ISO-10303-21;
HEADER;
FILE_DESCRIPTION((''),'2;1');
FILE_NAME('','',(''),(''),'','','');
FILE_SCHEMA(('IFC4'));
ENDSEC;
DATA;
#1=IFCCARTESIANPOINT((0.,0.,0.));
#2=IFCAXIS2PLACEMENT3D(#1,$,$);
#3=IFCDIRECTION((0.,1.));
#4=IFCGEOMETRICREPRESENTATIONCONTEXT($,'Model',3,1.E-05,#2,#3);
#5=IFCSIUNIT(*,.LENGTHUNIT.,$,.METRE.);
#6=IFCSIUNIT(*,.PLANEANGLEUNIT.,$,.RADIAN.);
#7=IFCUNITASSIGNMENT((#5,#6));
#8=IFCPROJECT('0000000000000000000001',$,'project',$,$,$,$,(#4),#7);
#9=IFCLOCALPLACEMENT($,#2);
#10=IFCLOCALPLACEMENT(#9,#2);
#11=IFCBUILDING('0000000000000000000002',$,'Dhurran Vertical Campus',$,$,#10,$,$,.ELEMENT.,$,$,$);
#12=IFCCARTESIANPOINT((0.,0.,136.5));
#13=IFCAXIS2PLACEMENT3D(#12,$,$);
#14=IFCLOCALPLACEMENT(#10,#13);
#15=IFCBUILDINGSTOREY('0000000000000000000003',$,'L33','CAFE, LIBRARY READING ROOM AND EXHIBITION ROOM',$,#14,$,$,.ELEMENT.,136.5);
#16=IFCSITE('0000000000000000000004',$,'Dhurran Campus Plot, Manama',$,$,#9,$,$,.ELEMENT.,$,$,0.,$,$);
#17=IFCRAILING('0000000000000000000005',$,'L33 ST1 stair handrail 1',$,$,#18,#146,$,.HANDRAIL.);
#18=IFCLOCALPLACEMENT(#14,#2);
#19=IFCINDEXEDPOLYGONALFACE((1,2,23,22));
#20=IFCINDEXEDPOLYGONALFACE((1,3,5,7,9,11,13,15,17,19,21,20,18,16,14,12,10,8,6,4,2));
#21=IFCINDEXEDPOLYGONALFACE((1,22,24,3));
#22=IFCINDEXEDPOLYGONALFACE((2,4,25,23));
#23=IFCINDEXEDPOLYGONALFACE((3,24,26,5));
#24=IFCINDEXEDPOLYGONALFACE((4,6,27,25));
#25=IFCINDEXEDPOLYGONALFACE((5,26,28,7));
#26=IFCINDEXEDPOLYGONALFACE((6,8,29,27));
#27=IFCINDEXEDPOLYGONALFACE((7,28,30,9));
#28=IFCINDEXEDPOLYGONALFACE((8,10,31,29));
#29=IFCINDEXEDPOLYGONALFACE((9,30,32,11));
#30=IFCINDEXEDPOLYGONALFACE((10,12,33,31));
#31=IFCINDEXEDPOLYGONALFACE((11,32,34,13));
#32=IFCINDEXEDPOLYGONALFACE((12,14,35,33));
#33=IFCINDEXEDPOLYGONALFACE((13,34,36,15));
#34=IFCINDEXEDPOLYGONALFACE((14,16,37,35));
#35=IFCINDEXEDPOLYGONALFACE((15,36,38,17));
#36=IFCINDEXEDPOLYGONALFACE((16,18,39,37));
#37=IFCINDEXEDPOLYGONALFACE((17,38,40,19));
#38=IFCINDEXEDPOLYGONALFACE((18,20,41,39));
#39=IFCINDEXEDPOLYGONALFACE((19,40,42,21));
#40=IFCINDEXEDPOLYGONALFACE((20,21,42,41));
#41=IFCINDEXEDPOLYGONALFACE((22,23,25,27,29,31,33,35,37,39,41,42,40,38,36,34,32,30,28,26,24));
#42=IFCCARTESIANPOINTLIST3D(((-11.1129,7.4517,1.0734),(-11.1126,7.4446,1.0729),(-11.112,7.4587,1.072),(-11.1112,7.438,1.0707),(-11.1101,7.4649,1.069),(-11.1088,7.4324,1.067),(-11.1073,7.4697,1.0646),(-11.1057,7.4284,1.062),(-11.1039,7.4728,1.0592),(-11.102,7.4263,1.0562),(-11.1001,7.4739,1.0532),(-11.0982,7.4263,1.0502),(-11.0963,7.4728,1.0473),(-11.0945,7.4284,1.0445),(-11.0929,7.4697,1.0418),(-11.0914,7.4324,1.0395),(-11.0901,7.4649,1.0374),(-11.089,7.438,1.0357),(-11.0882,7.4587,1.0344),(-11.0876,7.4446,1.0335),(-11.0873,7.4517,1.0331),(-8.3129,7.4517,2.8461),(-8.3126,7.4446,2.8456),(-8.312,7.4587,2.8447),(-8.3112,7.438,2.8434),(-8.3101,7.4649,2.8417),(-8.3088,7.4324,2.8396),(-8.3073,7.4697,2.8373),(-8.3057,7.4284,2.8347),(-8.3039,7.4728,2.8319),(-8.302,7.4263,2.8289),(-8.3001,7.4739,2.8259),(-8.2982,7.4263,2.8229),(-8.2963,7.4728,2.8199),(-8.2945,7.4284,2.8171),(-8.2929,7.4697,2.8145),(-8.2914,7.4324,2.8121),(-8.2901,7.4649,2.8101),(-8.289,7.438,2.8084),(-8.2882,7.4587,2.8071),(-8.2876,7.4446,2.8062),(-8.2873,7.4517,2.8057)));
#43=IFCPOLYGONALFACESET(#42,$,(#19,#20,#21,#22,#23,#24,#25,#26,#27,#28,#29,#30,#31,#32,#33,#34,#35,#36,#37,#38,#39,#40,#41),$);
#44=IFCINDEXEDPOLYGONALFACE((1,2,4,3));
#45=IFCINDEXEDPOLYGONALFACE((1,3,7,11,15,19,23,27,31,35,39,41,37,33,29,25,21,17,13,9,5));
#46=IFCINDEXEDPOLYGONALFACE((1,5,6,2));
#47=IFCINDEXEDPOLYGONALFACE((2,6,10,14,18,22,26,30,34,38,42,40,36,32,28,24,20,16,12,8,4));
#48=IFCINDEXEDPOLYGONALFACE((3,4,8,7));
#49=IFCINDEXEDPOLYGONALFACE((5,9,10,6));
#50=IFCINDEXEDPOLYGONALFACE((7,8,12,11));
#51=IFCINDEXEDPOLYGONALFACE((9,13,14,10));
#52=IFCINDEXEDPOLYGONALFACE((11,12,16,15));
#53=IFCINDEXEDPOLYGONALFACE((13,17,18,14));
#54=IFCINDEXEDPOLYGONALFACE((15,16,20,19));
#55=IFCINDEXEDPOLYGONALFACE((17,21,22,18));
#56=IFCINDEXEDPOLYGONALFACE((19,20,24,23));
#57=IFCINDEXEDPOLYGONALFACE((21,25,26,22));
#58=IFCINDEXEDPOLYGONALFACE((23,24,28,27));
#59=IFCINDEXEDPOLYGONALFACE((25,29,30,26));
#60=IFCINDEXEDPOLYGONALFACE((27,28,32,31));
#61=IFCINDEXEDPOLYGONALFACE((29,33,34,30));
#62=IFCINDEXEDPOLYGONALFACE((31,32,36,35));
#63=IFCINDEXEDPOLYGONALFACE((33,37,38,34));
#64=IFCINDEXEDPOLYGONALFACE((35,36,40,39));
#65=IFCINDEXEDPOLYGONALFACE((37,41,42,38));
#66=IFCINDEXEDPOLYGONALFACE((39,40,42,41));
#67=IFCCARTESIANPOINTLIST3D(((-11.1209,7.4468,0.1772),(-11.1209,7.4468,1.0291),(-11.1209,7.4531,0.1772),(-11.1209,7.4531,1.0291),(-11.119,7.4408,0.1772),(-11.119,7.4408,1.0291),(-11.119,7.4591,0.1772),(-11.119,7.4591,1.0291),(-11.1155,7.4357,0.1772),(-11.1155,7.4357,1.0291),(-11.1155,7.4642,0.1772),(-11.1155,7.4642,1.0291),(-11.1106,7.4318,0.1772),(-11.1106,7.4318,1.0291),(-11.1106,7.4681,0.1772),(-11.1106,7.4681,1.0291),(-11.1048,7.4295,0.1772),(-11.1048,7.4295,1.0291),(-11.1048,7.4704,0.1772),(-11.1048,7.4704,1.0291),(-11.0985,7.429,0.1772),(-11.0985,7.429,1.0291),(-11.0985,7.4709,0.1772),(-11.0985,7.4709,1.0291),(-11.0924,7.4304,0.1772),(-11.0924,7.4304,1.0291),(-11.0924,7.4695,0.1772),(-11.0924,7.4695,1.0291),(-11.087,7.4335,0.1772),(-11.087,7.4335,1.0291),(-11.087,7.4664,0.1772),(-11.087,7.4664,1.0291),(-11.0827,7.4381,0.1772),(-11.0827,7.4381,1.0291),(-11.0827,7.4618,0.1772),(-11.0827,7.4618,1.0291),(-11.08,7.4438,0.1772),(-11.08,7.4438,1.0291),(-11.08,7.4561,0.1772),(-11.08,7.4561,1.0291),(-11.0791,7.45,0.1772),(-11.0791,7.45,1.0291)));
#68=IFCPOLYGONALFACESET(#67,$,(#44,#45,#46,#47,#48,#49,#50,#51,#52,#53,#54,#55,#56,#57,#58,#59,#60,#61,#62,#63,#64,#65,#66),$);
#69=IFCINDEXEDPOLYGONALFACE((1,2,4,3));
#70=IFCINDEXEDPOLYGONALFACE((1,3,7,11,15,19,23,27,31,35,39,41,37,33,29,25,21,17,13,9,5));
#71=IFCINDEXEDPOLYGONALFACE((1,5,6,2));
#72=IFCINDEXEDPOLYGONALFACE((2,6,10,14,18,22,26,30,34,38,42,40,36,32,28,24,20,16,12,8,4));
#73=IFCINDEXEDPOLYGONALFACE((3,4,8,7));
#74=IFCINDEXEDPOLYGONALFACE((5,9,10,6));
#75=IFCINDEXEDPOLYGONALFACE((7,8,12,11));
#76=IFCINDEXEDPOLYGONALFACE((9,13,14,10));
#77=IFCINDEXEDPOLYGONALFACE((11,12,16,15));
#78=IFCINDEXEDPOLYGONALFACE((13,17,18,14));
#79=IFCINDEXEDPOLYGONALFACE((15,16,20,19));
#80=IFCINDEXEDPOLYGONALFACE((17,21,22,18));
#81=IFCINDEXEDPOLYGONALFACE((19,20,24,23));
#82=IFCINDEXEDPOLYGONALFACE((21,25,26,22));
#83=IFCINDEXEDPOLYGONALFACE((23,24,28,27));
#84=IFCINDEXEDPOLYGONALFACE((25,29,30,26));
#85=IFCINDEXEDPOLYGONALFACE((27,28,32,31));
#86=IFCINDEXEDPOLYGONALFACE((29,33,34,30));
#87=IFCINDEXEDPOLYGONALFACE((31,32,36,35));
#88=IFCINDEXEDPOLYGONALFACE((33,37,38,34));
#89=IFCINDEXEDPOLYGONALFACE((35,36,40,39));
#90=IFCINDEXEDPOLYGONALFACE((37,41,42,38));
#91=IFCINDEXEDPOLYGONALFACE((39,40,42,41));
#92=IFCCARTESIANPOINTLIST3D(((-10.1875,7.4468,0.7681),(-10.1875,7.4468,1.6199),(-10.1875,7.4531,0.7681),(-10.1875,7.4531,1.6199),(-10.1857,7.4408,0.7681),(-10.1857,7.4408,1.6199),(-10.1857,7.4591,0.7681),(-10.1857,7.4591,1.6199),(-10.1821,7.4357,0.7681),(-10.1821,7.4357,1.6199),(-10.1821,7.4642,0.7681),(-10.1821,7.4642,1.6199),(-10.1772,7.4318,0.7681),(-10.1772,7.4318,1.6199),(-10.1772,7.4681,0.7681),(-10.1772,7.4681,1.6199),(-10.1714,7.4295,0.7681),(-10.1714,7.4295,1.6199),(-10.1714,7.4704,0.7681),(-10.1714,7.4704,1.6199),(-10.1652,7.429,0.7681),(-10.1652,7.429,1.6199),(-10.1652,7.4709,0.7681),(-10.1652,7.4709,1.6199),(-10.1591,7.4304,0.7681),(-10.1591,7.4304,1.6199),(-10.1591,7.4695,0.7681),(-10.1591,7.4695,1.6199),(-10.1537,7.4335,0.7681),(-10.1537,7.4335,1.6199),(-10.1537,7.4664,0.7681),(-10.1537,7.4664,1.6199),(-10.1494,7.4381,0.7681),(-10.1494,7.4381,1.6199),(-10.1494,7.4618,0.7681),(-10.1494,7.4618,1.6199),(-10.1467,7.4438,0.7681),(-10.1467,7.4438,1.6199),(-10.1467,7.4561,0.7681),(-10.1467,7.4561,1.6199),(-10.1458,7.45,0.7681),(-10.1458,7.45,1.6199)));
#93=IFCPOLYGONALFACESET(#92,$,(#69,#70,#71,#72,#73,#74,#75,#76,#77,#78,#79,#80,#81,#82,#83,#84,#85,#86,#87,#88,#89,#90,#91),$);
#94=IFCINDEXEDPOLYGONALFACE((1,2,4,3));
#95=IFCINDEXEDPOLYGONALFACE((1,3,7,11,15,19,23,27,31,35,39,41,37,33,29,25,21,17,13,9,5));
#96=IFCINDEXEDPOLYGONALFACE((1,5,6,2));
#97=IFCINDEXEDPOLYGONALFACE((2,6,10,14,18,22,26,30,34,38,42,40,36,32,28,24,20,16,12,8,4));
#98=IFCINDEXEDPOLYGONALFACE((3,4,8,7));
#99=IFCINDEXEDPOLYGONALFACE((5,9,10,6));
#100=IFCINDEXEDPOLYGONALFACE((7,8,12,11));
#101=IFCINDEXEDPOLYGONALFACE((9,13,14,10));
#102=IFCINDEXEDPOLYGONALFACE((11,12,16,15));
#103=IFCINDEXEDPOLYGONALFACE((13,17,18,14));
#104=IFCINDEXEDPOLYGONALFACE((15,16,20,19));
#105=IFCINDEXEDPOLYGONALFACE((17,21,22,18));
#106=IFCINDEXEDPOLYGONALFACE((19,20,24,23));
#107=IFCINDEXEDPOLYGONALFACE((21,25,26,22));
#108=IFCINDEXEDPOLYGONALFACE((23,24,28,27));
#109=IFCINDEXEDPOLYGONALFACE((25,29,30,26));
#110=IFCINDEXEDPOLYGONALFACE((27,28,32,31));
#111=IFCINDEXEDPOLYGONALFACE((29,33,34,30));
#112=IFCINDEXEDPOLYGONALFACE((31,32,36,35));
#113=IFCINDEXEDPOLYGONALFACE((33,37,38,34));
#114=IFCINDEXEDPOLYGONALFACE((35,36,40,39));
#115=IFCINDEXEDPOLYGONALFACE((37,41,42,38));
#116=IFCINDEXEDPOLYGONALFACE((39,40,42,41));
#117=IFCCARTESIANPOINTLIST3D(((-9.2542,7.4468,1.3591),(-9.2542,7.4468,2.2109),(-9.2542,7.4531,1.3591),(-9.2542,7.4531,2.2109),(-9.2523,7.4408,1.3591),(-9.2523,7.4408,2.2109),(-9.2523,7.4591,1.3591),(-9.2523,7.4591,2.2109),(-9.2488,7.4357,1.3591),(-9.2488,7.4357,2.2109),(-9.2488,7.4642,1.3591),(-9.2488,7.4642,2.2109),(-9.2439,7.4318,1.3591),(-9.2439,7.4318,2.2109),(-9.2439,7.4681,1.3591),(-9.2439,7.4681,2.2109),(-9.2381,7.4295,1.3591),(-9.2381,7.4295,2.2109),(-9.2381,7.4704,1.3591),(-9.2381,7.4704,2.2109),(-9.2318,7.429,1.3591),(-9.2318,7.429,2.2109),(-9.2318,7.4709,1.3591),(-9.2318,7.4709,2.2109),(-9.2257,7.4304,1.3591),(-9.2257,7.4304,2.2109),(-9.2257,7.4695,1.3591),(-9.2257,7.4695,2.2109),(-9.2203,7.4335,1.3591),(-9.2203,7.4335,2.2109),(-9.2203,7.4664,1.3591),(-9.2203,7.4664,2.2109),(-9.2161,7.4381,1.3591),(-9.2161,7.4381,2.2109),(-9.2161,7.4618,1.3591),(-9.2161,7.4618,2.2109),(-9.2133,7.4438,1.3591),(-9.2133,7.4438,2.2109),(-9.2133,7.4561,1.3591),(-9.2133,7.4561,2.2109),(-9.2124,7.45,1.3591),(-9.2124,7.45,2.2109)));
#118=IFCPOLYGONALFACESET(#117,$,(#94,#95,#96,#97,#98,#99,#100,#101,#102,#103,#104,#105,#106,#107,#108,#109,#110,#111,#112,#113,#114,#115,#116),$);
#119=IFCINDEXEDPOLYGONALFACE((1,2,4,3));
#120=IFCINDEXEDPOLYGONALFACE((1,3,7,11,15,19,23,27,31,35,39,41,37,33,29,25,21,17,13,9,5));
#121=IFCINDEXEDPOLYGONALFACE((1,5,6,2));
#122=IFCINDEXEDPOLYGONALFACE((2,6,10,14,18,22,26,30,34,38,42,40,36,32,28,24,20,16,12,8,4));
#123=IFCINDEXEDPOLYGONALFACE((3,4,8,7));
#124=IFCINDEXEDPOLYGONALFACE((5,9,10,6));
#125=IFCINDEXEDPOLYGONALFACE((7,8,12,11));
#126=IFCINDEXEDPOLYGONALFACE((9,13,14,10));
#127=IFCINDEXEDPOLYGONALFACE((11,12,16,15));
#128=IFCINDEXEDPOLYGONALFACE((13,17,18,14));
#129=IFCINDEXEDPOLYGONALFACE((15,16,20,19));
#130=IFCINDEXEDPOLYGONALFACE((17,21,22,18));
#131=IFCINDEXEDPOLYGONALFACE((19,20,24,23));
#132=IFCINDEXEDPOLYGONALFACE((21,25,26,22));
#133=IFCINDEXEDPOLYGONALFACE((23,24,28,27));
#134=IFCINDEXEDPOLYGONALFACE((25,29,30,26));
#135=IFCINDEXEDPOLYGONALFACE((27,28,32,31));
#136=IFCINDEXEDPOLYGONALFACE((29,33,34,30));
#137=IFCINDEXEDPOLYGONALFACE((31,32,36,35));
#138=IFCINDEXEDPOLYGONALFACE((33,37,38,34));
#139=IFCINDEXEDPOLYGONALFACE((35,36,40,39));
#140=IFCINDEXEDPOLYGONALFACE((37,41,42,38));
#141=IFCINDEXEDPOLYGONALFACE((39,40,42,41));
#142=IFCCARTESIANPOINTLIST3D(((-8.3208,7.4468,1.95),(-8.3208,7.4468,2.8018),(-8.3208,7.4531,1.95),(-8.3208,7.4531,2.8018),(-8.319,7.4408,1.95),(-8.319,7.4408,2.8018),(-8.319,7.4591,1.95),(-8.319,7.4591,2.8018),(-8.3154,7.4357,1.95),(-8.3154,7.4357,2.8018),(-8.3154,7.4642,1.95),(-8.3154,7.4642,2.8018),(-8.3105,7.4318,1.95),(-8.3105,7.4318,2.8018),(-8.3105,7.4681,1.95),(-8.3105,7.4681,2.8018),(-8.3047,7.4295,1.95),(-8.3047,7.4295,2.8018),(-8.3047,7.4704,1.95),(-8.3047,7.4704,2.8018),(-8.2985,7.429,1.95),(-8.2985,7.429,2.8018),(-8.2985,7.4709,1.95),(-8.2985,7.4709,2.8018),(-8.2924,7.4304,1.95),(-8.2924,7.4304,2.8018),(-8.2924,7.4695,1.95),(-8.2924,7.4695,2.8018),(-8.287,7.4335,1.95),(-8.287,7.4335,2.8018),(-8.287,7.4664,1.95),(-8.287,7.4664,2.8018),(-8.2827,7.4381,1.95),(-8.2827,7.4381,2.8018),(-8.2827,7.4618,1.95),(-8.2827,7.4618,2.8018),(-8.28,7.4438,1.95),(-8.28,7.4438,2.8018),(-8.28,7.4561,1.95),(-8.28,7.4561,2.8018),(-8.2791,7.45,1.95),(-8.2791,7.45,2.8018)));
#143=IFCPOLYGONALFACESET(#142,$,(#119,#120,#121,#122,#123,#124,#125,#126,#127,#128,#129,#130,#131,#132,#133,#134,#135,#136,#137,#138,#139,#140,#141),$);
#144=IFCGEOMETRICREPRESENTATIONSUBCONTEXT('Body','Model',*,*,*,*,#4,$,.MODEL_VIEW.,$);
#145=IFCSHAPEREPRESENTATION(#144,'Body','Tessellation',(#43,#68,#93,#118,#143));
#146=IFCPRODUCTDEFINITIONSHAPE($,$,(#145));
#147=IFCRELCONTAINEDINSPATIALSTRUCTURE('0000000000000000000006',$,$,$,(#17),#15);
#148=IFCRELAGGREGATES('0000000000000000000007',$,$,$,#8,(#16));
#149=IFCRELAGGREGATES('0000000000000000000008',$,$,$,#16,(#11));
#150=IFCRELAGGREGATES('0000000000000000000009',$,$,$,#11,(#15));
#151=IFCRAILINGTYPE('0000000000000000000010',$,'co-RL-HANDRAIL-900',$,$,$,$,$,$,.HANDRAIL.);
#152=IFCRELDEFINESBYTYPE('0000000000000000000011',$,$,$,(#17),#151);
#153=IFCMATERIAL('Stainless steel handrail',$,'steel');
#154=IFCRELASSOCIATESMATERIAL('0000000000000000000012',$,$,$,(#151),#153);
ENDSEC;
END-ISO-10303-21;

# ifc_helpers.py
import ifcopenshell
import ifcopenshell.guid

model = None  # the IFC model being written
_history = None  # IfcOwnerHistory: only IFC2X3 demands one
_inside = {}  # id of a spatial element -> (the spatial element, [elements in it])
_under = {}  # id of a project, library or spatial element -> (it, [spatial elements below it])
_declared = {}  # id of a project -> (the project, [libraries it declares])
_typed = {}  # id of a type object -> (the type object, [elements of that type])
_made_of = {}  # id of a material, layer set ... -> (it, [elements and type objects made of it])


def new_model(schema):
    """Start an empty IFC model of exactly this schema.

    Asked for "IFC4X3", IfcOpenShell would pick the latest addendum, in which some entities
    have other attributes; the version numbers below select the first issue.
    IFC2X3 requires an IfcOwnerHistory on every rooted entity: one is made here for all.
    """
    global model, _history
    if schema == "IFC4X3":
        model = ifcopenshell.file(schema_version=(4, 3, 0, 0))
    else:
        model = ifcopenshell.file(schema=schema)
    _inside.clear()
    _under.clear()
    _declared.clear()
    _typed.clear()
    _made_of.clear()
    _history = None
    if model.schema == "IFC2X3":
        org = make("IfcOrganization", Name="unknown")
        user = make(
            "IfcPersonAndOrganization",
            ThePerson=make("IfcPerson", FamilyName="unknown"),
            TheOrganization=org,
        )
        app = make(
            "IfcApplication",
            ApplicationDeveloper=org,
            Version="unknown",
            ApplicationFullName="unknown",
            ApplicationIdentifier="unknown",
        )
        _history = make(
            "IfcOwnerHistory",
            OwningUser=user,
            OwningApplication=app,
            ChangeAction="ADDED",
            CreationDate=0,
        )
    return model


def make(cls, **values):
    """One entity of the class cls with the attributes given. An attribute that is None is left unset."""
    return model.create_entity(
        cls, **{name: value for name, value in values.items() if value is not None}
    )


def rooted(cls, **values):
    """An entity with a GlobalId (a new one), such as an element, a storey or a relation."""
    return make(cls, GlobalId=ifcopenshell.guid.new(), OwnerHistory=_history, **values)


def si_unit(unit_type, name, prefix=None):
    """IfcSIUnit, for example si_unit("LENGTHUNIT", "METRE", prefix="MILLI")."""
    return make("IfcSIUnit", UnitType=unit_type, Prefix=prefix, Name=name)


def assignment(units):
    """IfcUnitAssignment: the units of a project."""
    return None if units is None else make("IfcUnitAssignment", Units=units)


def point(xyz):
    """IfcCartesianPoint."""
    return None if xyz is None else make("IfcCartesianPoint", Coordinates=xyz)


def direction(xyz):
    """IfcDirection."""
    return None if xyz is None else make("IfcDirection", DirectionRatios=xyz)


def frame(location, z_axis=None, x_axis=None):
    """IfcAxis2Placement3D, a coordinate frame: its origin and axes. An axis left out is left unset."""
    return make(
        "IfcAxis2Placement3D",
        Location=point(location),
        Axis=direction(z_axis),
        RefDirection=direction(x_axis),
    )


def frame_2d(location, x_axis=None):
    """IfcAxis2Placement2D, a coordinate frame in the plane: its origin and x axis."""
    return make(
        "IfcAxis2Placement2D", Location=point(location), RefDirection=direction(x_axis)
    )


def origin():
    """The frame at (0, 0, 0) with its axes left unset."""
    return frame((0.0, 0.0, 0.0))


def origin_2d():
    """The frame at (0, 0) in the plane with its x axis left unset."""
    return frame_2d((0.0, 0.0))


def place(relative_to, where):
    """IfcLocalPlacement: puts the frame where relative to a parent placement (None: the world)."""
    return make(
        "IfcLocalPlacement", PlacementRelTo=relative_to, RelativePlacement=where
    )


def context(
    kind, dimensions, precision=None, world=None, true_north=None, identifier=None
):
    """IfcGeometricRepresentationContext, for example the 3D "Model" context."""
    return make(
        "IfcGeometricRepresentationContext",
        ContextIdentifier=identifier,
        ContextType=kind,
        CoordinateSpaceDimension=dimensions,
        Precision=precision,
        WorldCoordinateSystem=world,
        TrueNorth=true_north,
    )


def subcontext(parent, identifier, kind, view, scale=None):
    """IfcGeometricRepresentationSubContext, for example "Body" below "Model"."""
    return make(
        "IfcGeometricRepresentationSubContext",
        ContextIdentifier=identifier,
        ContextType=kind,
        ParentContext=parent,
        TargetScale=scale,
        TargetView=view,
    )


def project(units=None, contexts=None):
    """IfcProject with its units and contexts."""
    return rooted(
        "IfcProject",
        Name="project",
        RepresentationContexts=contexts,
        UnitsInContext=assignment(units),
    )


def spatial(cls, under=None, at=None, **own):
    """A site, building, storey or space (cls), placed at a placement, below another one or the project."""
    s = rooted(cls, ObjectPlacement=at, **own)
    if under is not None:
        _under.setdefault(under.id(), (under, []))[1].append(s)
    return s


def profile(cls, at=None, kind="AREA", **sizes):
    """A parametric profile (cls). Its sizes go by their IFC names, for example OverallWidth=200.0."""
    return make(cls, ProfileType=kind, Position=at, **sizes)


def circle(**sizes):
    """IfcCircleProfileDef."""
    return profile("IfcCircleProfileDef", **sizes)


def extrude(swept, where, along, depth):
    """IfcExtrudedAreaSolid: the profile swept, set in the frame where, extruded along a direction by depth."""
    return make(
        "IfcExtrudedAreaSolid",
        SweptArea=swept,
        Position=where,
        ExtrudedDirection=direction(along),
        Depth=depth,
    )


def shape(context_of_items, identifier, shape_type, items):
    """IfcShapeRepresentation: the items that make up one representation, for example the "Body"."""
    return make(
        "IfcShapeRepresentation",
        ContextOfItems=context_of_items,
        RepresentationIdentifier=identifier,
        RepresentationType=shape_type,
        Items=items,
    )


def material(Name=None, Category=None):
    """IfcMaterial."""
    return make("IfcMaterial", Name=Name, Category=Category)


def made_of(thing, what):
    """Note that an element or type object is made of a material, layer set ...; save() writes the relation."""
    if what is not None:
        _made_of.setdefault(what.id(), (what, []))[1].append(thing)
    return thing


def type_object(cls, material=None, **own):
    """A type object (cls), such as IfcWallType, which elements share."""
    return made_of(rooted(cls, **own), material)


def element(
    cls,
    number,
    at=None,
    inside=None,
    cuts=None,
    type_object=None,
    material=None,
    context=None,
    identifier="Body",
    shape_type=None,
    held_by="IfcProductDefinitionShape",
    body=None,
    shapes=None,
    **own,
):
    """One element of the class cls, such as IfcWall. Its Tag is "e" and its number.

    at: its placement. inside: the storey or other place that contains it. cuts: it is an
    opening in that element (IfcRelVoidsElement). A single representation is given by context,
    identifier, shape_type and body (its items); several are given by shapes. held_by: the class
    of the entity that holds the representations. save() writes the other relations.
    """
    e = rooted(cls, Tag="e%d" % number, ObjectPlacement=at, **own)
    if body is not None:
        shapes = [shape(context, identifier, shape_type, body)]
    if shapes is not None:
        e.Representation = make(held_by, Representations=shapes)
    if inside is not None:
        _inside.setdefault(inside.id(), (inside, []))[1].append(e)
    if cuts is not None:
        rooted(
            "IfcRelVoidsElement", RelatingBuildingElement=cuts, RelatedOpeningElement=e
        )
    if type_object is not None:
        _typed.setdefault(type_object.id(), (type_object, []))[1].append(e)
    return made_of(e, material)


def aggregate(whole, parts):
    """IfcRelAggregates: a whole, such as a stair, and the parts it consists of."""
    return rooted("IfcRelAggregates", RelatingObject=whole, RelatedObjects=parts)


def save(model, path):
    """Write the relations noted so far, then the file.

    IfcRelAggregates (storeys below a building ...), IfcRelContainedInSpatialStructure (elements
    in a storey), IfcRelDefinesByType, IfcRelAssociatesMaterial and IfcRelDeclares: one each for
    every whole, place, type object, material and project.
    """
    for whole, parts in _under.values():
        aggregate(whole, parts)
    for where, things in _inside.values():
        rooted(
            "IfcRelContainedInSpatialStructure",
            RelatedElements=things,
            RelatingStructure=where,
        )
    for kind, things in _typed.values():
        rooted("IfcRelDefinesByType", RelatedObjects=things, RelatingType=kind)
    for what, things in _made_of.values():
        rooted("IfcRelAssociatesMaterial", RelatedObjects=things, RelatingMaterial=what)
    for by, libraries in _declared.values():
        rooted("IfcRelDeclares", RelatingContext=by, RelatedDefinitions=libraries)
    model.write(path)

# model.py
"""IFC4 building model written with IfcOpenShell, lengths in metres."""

from ifc_helpers import new_model, si_unit, direction, frame, origin, origin_2d, place, context, subcontext, project, spatial, circle, extrude, material, type_object, element, save


model = new_model("IFC4")

# Units and contexts
model_context = context("Model", 3, precision=1e-05, world=origin(), true_north=direction((0.0, 1.0)))
body_context = subcontext(model_context, "Body", "Model", "MODEL_VIEW")
ifc_project = project(units=[si_unit("LENGTHUNIT", "METRE"), si_unit("PLANEANGLEUNIT", "RADIAN")], contexts=[model_context])

# Site, building, storey
site_placement = place(None, origin())
site = spatial("IfcSite", under=ifc_project, at=site_placement, Name="Dhurran Campus Plot, Manama", CompositionType="ELEMENT", RefElevation=0.0)
building_placement = place(site_placement, origin())
building = spatial("IfcBuilding", under=site, at=building_placement, Name="Dhurran Vertical Campus", CompositionType="ELEMENT")
storey_placement = place(building_placement, frame((0.0, 0.0, 136.5)))
storey = spatial("IfcBuildingStorey", under=building, at=storey_placement, Name="L33", Description="CAFE, LIBRARY READING ROOM AND EXHIBITION ROOM", CompositionType="ELEMENT", Elevation=136.5)

# Railing
ifc_material_1 = material(Name="Stainless steel handrail", Category="steel")
railing_type_1 = type_object("IfcRailingType", Name="co-RL-HANDRAIL-900", PredefinedType="HANDRAIL", material=ifc_material_1)
railing_1_placement = place(storey_placement, frame((-11.1001, 7.45, 0.1772)))
element("IfcRailing", 1, at=railing_1_placement, inside=storey, type_object=railing_type_1, Name="L33 ST1 stair handrail 1", PredefinedType="HANDRAIL", context=body_context, shape_type="SweptSolid", body=[
    extrude(circle(Radius=0.0239, at=origin_2d()), frame((0.0, 0.0, 0.876), z_axis=(0.844909, 0.0, 0.53491), x_axis=(0.0, 1.0, 0.0)), (0.0, 0.0, 1.0), 3.314),
    extrude(circle(Radius=0.021, at=origin_2d()), origin(), (0.0, 0.0, 1.0), 0.8518),
    extrude(circle(Radius=0.021, at=origin_2d()), frame((0.9333, 0.0, 0.5908)), (0.0, 0.0, 1.0), 0.8518),
    extrude(circle(Radius=0.021, at=origin_2d()), frame((1.8667, 0.0, 1.1819)), (0.0, 0.0, 1.0), 0.8518),
    extrude(circle(Radius=0.021, at=origin_2d()), frame((2.8, 0.0, 1.7727)), (0.0, 0.0, 1.0), 0.8518),
])

save(model, "model.ifc")
